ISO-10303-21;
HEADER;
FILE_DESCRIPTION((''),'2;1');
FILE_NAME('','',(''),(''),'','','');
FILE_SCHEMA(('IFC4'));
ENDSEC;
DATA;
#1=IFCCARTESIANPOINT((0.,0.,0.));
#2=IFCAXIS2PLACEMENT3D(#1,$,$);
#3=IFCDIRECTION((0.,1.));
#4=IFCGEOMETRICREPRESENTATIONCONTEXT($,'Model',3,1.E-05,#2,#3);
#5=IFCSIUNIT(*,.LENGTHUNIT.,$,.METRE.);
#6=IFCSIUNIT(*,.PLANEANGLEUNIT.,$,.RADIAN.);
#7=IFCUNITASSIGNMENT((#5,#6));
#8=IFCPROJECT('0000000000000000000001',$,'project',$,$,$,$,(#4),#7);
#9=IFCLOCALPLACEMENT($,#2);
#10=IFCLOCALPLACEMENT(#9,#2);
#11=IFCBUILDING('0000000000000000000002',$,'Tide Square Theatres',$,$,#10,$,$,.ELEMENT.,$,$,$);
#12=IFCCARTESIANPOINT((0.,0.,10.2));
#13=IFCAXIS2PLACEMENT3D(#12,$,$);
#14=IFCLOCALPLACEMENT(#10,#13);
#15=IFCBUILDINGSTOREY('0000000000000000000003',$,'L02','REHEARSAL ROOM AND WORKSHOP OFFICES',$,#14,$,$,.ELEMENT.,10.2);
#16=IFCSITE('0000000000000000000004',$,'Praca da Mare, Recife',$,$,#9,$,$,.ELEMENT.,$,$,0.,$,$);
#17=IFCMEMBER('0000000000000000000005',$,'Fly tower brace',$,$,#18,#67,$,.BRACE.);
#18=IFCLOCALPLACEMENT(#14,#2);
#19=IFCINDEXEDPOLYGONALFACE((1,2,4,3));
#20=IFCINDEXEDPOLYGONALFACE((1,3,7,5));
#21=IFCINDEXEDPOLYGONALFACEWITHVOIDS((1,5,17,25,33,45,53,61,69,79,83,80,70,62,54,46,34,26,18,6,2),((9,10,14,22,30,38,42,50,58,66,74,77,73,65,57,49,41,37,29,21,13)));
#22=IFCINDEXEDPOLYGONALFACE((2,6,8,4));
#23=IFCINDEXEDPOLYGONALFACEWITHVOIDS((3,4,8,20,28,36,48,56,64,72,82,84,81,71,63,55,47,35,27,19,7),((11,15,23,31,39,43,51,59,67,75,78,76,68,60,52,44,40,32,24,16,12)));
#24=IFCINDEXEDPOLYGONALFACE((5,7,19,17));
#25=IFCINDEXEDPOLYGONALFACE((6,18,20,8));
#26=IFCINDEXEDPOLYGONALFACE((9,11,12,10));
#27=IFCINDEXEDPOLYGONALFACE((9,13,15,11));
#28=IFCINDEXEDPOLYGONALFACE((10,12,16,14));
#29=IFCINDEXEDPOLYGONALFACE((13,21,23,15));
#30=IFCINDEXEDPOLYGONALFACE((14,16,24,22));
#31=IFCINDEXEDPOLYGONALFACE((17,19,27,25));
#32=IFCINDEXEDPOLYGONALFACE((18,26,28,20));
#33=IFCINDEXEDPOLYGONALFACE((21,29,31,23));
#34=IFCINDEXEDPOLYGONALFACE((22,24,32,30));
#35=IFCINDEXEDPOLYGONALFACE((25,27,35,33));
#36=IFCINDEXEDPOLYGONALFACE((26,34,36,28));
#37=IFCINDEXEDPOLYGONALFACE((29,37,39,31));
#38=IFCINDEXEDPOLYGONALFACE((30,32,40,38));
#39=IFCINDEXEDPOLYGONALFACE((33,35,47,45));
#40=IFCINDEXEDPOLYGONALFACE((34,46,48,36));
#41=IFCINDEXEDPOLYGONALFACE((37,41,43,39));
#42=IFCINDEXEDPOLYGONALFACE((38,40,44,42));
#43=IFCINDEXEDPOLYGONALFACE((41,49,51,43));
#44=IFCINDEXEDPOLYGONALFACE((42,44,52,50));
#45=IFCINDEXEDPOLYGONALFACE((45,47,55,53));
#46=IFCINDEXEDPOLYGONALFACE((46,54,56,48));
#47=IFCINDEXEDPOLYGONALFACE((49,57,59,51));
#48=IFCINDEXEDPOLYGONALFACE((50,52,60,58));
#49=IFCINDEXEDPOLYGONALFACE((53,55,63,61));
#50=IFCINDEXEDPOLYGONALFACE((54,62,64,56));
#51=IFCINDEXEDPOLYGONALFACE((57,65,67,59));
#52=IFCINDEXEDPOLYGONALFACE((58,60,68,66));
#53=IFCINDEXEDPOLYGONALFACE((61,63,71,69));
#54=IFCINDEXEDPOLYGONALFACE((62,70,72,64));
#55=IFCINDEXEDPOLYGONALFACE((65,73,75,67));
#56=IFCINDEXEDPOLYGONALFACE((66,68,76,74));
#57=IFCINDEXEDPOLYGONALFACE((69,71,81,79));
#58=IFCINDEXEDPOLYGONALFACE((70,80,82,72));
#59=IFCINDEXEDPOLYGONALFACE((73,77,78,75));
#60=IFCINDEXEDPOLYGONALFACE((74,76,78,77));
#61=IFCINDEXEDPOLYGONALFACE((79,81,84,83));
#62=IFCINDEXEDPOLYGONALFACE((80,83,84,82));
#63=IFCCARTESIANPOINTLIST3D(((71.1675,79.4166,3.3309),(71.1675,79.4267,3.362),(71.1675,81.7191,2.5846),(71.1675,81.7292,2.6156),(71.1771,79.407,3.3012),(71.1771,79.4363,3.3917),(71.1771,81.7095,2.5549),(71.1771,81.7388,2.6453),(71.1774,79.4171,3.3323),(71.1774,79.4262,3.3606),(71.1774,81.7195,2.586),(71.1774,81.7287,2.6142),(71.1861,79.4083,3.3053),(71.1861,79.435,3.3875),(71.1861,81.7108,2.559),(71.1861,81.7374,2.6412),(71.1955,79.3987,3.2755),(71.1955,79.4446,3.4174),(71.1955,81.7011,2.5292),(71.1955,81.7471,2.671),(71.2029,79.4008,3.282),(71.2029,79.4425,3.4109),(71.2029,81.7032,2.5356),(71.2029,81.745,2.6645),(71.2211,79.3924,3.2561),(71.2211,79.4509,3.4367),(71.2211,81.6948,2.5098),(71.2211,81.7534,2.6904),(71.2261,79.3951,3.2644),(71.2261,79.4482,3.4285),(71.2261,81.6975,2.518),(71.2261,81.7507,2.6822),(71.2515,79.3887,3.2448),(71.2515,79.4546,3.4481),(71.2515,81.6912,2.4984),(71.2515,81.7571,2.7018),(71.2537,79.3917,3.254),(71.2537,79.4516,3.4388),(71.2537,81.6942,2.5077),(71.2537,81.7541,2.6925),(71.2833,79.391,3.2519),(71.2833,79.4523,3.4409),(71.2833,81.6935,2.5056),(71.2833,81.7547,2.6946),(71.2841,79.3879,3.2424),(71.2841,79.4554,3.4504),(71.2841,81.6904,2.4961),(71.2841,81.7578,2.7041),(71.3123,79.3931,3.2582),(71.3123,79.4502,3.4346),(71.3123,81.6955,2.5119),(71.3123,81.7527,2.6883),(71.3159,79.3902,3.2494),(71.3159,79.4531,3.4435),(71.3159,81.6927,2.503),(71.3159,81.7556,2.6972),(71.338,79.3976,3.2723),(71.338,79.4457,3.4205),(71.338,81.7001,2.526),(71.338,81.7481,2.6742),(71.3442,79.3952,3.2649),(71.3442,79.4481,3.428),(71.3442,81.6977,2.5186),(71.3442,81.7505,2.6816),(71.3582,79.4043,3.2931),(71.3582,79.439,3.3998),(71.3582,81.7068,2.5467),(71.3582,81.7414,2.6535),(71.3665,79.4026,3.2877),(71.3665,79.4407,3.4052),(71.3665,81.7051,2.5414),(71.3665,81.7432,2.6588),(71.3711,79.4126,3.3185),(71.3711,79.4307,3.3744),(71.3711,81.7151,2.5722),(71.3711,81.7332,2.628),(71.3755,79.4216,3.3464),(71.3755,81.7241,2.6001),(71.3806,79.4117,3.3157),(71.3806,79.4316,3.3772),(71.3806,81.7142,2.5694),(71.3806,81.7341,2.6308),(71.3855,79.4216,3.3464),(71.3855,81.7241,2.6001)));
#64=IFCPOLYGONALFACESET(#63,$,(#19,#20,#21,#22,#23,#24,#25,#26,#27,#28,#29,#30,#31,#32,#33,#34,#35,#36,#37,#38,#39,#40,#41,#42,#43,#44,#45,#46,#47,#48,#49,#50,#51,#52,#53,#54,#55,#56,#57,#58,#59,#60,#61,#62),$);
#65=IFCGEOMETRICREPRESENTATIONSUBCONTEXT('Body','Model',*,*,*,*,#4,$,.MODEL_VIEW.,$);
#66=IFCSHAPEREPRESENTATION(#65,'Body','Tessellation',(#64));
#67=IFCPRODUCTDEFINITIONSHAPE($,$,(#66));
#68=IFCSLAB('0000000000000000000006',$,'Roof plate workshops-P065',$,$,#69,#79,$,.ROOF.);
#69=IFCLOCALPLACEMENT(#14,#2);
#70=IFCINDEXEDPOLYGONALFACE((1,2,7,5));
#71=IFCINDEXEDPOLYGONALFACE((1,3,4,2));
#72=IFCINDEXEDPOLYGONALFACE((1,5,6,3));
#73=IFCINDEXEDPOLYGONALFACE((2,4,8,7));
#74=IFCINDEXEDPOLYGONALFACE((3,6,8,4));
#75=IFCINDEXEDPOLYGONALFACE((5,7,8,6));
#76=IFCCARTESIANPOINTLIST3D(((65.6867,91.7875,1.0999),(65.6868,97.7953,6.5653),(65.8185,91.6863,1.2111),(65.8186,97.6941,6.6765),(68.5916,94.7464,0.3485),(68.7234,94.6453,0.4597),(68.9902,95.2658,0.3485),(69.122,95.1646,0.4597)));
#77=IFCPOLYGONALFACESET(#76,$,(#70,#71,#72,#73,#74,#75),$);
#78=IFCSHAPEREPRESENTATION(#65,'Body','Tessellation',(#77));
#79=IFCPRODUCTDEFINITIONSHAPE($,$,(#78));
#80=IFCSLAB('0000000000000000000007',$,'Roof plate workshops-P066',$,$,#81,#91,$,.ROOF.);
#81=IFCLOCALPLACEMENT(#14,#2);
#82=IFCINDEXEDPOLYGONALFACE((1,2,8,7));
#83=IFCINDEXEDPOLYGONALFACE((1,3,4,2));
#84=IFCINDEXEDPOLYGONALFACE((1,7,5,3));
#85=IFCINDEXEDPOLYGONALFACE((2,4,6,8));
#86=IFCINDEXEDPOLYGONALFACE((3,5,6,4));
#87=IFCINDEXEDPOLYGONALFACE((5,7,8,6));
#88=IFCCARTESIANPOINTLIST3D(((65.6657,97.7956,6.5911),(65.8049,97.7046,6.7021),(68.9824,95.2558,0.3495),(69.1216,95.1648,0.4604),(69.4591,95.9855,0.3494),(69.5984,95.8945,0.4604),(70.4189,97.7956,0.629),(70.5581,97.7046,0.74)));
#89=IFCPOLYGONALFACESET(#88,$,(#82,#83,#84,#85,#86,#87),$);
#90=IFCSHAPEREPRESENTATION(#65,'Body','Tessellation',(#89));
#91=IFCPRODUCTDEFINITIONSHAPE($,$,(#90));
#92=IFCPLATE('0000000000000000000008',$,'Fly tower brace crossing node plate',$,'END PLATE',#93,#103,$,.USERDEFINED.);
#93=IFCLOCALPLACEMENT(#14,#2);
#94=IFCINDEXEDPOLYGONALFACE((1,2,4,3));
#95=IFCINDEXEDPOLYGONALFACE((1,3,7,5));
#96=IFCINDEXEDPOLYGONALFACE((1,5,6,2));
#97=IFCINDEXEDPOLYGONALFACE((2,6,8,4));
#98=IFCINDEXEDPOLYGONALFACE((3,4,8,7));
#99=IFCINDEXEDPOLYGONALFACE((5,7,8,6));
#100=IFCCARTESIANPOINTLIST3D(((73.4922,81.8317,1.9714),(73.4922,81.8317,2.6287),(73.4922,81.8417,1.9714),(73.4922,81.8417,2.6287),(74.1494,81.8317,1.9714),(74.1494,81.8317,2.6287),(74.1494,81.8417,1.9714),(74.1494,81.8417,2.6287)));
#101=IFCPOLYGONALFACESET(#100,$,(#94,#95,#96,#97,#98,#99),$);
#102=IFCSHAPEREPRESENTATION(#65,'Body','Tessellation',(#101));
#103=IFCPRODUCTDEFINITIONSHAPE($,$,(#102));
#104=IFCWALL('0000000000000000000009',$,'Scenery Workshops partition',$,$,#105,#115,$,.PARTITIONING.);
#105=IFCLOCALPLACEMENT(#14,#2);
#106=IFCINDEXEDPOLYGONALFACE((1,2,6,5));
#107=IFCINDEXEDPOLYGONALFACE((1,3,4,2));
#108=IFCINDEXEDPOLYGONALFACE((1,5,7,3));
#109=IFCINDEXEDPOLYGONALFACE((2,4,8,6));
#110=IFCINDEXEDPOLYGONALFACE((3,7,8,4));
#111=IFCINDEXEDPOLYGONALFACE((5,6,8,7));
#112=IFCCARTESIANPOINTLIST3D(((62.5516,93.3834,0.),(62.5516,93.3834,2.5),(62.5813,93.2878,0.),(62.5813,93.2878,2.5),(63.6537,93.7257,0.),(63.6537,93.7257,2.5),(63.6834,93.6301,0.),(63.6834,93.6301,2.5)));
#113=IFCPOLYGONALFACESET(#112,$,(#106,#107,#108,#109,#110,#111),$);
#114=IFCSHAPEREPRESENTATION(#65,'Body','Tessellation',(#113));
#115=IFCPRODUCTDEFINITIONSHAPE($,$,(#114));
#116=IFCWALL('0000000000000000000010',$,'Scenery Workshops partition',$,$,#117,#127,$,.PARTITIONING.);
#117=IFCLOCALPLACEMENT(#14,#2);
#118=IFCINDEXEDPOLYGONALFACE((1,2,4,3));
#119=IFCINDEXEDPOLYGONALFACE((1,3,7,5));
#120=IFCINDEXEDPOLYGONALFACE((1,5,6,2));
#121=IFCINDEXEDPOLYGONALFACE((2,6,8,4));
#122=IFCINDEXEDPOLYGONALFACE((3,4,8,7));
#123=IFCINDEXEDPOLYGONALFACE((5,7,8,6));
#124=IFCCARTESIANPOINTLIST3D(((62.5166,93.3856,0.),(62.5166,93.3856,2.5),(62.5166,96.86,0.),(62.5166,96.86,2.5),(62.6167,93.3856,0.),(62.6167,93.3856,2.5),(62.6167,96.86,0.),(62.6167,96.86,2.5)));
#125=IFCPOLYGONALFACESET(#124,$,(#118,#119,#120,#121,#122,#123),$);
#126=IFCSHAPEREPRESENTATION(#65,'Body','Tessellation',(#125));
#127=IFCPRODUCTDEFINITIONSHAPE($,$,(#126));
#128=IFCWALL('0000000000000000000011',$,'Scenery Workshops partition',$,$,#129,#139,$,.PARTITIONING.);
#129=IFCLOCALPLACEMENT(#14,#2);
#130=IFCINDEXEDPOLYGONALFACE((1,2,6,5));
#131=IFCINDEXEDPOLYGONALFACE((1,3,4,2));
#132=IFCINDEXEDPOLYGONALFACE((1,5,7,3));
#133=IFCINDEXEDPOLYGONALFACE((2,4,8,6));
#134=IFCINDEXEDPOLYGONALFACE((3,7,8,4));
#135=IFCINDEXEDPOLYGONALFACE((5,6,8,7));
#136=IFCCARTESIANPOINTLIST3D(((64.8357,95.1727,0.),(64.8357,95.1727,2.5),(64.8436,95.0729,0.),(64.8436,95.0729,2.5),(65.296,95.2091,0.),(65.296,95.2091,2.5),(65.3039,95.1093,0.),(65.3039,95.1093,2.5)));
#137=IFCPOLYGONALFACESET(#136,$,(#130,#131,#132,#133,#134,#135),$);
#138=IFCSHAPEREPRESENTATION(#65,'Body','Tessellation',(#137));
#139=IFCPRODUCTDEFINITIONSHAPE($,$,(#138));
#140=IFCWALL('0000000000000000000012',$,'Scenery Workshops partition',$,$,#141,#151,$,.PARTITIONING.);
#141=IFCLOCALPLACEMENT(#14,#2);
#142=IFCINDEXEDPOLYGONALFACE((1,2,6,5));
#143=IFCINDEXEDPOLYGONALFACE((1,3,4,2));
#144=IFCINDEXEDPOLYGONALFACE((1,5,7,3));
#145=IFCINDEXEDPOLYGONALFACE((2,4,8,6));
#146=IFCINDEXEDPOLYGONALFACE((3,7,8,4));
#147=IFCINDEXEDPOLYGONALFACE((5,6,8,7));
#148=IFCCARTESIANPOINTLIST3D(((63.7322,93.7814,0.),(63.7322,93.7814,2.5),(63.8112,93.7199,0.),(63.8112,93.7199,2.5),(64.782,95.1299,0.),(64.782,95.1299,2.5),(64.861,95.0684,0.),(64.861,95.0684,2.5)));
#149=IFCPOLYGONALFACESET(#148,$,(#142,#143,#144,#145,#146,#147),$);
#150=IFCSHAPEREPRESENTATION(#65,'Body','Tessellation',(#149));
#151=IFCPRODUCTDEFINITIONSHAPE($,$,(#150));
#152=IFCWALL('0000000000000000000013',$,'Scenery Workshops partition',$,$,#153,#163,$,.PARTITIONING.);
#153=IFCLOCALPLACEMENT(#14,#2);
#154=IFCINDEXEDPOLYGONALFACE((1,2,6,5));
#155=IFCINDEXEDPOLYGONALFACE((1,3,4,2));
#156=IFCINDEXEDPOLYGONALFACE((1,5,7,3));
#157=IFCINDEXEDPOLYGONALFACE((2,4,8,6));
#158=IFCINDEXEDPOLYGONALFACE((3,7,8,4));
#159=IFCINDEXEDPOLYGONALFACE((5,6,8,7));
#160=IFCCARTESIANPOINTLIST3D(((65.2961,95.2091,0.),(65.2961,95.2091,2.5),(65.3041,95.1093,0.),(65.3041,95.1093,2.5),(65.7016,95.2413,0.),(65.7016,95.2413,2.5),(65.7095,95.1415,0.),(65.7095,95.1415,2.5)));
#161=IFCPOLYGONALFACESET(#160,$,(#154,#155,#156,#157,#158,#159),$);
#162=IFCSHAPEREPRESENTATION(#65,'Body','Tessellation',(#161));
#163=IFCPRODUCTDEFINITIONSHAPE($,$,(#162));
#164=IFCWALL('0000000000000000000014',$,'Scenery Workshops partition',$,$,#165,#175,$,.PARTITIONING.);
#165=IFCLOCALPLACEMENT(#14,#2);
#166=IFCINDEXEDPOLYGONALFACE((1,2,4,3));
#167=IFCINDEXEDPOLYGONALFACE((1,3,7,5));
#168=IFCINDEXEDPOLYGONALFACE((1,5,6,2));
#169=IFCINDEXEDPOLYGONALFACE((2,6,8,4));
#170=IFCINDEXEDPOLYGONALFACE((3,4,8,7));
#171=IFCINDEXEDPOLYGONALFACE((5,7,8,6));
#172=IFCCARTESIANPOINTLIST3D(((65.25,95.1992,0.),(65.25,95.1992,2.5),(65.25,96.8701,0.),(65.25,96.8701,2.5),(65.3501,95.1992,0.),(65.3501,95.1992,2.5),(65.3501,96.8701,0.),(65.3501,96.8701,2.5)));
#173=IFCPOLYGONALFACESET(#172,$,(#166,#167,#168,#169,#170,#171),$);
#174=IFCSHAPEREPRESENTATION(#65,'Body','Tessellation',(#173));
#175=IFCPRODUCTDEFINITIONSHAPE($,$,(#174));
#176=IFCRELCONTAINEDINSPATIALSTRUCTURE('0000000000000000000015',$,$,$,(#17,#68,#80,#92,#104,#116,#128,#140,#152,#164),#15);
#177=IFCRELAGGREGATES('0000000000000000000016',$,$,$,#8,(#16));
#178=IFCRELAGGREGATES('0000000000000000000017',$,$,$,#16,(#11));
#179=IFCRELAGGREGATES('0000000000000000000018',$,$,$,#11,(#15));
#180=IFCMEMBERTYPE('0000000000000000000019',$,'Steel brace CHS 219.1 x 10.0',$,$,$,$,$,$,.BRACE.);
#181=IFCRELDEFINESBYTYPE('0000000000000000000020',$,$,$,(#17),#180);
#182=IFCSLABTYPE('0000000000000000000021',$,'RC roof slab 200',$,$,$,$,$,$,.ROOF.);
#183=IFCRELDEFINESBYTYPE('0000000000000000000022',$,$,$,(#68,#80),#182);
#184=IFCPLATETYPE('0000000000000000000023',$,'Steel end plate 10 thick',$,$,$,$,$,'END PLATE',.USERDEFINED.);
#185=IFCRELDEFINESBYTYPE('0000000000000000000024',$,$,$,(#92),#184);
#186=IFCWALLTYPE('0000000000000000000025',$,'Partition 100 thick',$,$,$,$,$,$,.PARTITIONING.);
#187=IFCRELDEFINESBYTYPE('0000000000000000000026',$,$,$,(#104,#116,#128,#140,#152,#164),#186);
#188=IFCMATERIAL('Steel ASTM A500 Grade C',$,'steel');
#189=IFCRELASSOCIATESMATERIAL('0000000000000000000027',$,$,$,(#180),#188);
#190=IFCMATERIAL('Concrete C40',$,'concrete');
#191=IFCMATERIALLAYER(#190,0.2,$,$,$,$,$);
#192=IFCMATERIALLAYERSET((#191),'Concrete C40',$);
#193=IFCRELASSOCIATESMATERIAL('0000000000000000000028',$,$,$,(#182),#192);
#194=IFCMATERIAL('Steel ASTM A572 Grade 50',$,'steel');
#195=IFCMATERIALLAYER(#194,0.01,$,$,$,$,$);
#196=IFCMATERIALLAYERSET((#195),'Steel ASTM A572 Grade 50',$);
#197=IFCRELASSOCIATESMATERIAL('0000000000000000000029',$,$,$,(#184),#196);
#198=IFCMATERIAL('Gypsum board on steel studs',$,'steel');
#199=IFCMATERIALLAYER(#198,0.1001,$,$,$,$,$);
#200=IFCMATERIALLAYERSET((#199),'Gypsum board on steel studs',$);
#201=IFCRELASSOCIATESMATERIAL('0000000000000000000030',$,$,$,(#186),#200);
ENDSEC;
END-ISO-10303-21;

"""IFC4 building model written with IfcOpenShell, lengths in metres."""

from ifc_helpers import new_model, si_unit, direction, frame, frame_2d, origin, origin_2d, place, context, subcontext, project, spatial, polyline, rectangle, hollow_circle, outline, extrude, material, layer, layer_set, material_profile, profile_set, type_object, element, save


model = new_model("IFC4")

# Units and contexts
model_context = context("Model", 3, precision=1e-05, world=origin(), true_north=direction((0.0, 1.0)))
body_context = subcontext(model_context, "Body", "Model", "MODEL_VIEW")
ifc_project = project(units=[si_unit("LENGTHUNIT", "METRE"), si_unit("PLANEANGLEUNIT", "RADIAN")], contexts=[model_context])

# Site, building, storey
site_placement = place(None, origin())
site = spatial("IfcSite", under=ifc_project, at=site_placement, Name="Praca da Mare, Recife", CompositionType="ELEMENT", RefElevation=0.0)
building_placement = place(site_placement, origin())
building = spatial("IfcBuilding", under=site, at=building_placement, Name="Tide Square Theatres", CompositionType="ELEMENT")
storey_placement = place(building_placement, frame((0.0, 0.0, 10.2)))
storey = spatial("IfcBuildingStorey", under=building, at=storey_placement, Name="L02", Description="REHEARSAL ROOM AND WORKSHOP OFFICES", CompositionType="ELEMENT", Elevation=10.2)

# Member
ifc_material_1 = material(Name="Steel ASTM A500 Grade C", Category="steel")
ifc_material_profile_1 = material_profile(ifc_material_1, hollow_circle(Radius=0.1096, WallThickness=0.01, at=origin_2d()))
ifc_profile_set_1 = profile_set([ifc_material_profile_1], Name="Steel ASTM A500 Grade C")
member_type = type_object("IfcMemberType", Name="Steel brace CHS 219.1 x 10.0", PredefinedType="BRACE", material=ifc_profile_set_1)
member_1_placement = place(storey_placement, frame((71.2759, 81.7241, 2.6001), z_axis=(0.0, -0.951273, 0.308349), x_axis=(1.0, 0.0, 0.0)))
element("IfcMember", 1, at=member_1_placement, inside=storey, type_object=member_type, Name="Fly tower brace", PredefinedType="BRACE", context=body_context, shape_type="SweptSolid", body=[
    extrude(hollow_circle(Radius=0.1096, WallThickness=0.01, at=origin_2d()), origin(), (0.0, 0.0, 1.0), 2.4204),
])

# Slabs
ifc_material_2 = material(Name="Concrete C40", Category="concrete")
ifc_layer_1 = layer(ifc_material_2, 0.2)
ifc_layer_set_1 = layer_set([ifc_layer_1], Name="Concrete C40")
slab_type = type_object("IfcSlabType", Name="RC roof slab 200", PredefinedType="ROOF", material=ifc_layer_set_1)
slab_1_placement = place(storey_placement, frame((68.7234, 94.6453, 0.4597), z_axis=(0.659274, -0.50598, 0.556186), x_axis=(0.608879, 0.793263, -0.000078)))
element("IfcSlab", 2, at=slab_1_placement, inside=storey, type_object=slab_type, Name="Roof plate workshops-P065", PredefinedType="ROOF", context=body_context, shape_type="SweptSolid", body=[
    extrude(outline(polyline([(0.0, 0.0), (0.6547, 0.0), (0.6494, 7.4806), (-4.116, 0.9038), (0.0, 0.0)])), origin(), (0.0, 0.0, -1.0), 0.2),
])
slab_2_placement = place(storey_placement, frame((69.1216, 95.1648, 0.4604), z_axis=(0.69632, -0.454943, 0.555127), x_axis=(0.546968, 0.837154, -0.000014)))
element("IfcSlab", 3, at=slab_2_placement, inside=storey, type_object=slab_type, Name="Roof plate workshops-P066", PredefinedType="ROOF", context=body_context, shape_type="SweptSolid", body=[
    extrude(outline(polyline([(0.0, 0.0), (0.8717, 0.0), (2.9119, 0.3361), (0.312, 7.5041), (0.0, 0.0)])), origin(), (0.0, 0.0, -1.0), 0.2),
])

# Plate
ifc_material_3 = material(Name="Steel ASTM A572 Grade 50", Category="steel")
ifc_layer_2 = layer(ifc_material_3, 0.01)
ifc_layer_set_2 = layer_set([ifc_layer_2], Name="Steel ASTM A572 Grade 50")
plate_type = type_object("IfcPlateType", Name="Steel end plate 10 thick", ElementType="END PLATE", PredefinedType="USERDEFINED", material=ifc_layer_set_2)
plate_placement = place(storey_placement, frame((73.8208, 81.8367, 1.9714), z_axis=(0.0, 0.0, 1.0), x_axis=(0.0, 1.0, 0.0)))
element("IfcPlate", 4, at=plate_placement, inside=storey, type_object=plate_type, Name="Fly tower brace crossing node plate", ObjectType="END PLATE", PredefinedType="USERDEFINED", context=body_context, shape_type="SweptSolid", body=[
    extrude(rectangle(XDim=0.01, YDim=0.6572, at=origin_2d()), origin(), (0.0, 0.0, 1.0), 0.6572),
])

# Walls
ifc_material_4 = material(Name="Gypsum board on steel studs", Category="steel")
ifc_layer_3 = layer(ifc_material_4, 0.1001)
ifc_layer_set_3 = layer_set([ifc_layer_3], Name="Gypsum board on steel studs")
wall_type_1 = type_object("IfcWallType", Name="Partition 100 thick", PredefinedType="PARTITIONING", material=ifc_layer_set_3)
wall_1_placement = place(storey_placement, frame((63.6687, 93.678, 0.0), z_axis=(0.0, 0.0, 1.0), x_axis=(-0.954998, -0.296612, 0.0)))
element("IfcWall", 5, at=wall_1_placement, inside=storey, type_object=wall_type_1, Name="Scenery Workshops partition", PredefinedType="PARTITIONING", context=body_context, shape_type="SweptSolid", body=[
    extrude(rectangle(XDim=1.1541, YDim=0.1001, at=frame_2d((0.5771, 0.0))), origin(), (0.0, 0.0, 1.0), 2.5),
])
wall_2_placement = place(storey_placement, frame((62.5667, 96.8601, 0.0), z_axis=(0.0, 0.0, 1.0), x_axis=(0.0, -1.0, 0.0)))
element("IfcWall", 6, at=wall_2_placement, inside=storey, type_object=wall_type_1, Name="Scenery Workshops partition", PredefinedType="PARTITIONING", context=body_context, shape_type="SweptSolid", body=[
    extrude(rectangle(XDim=3.4744, YDim=0.1001, at=frame_2d((1.7373, 0.0))), origin(), (0.0, 0.0, 1.0), 2.5),
])
wall_3_placement = place(storey_placement, frame((65.3, 95.1592, 0.0), z_axis=(0.0, 0.0, 1.0), x_axis=(-0.996891, -0.078799, 0.0)))
element("IfcWall", 7, at=wall_3_placement, inside=storey, type_object=wall_type_1, Name="Scenery Workshops partition", PredefinedType="PARTITIONING", context=body_context, shape_type="SweptSolid", body=[
    extrude(rectangle(XDim=0.4617, YDim=0.1001, at=frame_2d((0.231, 0.0))), origin(), (0.0, 0.0, 1.0), 2.5),
])
wall_4_placement = place(storey_placement, frame((64.8215, 95.0991, 0.0), z_axis=(0.0, 0.0, 1.0), x_axis=(-0.614326, -0.789052, 0.0)))
element("IfcWall", 8, at=wall_4_placement, inside=storey, type_object=wall_type_1, Name="Scenery Workshops partition", PredefinedType="PARTITIONING", context=body_context, shape_type="SweptSolid", body=[
    extrude(rectangle(XDim=1.709, YDim=0.1001, at=frame_2d((0.8545, 0.0))), origin(), (0.0, 0.0, 1.0), 2.5),
])
wall_5_placement = place(storey_placement, frame((65.7056, 95.1914, 0.0), z_axis=(0.0, 0.0, 1.0), x_axis=(-0.996857, -0.07922, 0.0)))
element("IfcWall", 9, at=wall_5_placement, inside=storey, type_object=wall_type_1, Name="Scenery Workshops partition", PredefinedType="PARTITIONING", context=body_context, shape_type="SweptSolid", body=[
    extrude(rectangle(XDim=0.4067, YDim=0.1001, at=frame_2d((0.2034, 0.0))), origin(), (0.0, 0.0, 1.0), 2.5),
])
wall_6_placement = place(storey_placement, frame((65.3, 96.8701, 0.0), z_axis=(0.0, 0.0, 1.0), x_axis=(0.0, -1.0, 0.0)))
element("IfcWall", 10, at=wall_6_placement, inside=storey, type_object=wall_type_1, Name="Scenery Workshops partition", PredefinedType="PARTITIONING", context=body_context, shape_type="SweptSolid", body=[
    extrude(rectangle(XDim=1.6709, YDim=0.1001, at=frame_2d((0.8354, 0.0))), origin(), (0.0, 0.0, 1.0), 2.5),
])

save(model, "model.ifc")
